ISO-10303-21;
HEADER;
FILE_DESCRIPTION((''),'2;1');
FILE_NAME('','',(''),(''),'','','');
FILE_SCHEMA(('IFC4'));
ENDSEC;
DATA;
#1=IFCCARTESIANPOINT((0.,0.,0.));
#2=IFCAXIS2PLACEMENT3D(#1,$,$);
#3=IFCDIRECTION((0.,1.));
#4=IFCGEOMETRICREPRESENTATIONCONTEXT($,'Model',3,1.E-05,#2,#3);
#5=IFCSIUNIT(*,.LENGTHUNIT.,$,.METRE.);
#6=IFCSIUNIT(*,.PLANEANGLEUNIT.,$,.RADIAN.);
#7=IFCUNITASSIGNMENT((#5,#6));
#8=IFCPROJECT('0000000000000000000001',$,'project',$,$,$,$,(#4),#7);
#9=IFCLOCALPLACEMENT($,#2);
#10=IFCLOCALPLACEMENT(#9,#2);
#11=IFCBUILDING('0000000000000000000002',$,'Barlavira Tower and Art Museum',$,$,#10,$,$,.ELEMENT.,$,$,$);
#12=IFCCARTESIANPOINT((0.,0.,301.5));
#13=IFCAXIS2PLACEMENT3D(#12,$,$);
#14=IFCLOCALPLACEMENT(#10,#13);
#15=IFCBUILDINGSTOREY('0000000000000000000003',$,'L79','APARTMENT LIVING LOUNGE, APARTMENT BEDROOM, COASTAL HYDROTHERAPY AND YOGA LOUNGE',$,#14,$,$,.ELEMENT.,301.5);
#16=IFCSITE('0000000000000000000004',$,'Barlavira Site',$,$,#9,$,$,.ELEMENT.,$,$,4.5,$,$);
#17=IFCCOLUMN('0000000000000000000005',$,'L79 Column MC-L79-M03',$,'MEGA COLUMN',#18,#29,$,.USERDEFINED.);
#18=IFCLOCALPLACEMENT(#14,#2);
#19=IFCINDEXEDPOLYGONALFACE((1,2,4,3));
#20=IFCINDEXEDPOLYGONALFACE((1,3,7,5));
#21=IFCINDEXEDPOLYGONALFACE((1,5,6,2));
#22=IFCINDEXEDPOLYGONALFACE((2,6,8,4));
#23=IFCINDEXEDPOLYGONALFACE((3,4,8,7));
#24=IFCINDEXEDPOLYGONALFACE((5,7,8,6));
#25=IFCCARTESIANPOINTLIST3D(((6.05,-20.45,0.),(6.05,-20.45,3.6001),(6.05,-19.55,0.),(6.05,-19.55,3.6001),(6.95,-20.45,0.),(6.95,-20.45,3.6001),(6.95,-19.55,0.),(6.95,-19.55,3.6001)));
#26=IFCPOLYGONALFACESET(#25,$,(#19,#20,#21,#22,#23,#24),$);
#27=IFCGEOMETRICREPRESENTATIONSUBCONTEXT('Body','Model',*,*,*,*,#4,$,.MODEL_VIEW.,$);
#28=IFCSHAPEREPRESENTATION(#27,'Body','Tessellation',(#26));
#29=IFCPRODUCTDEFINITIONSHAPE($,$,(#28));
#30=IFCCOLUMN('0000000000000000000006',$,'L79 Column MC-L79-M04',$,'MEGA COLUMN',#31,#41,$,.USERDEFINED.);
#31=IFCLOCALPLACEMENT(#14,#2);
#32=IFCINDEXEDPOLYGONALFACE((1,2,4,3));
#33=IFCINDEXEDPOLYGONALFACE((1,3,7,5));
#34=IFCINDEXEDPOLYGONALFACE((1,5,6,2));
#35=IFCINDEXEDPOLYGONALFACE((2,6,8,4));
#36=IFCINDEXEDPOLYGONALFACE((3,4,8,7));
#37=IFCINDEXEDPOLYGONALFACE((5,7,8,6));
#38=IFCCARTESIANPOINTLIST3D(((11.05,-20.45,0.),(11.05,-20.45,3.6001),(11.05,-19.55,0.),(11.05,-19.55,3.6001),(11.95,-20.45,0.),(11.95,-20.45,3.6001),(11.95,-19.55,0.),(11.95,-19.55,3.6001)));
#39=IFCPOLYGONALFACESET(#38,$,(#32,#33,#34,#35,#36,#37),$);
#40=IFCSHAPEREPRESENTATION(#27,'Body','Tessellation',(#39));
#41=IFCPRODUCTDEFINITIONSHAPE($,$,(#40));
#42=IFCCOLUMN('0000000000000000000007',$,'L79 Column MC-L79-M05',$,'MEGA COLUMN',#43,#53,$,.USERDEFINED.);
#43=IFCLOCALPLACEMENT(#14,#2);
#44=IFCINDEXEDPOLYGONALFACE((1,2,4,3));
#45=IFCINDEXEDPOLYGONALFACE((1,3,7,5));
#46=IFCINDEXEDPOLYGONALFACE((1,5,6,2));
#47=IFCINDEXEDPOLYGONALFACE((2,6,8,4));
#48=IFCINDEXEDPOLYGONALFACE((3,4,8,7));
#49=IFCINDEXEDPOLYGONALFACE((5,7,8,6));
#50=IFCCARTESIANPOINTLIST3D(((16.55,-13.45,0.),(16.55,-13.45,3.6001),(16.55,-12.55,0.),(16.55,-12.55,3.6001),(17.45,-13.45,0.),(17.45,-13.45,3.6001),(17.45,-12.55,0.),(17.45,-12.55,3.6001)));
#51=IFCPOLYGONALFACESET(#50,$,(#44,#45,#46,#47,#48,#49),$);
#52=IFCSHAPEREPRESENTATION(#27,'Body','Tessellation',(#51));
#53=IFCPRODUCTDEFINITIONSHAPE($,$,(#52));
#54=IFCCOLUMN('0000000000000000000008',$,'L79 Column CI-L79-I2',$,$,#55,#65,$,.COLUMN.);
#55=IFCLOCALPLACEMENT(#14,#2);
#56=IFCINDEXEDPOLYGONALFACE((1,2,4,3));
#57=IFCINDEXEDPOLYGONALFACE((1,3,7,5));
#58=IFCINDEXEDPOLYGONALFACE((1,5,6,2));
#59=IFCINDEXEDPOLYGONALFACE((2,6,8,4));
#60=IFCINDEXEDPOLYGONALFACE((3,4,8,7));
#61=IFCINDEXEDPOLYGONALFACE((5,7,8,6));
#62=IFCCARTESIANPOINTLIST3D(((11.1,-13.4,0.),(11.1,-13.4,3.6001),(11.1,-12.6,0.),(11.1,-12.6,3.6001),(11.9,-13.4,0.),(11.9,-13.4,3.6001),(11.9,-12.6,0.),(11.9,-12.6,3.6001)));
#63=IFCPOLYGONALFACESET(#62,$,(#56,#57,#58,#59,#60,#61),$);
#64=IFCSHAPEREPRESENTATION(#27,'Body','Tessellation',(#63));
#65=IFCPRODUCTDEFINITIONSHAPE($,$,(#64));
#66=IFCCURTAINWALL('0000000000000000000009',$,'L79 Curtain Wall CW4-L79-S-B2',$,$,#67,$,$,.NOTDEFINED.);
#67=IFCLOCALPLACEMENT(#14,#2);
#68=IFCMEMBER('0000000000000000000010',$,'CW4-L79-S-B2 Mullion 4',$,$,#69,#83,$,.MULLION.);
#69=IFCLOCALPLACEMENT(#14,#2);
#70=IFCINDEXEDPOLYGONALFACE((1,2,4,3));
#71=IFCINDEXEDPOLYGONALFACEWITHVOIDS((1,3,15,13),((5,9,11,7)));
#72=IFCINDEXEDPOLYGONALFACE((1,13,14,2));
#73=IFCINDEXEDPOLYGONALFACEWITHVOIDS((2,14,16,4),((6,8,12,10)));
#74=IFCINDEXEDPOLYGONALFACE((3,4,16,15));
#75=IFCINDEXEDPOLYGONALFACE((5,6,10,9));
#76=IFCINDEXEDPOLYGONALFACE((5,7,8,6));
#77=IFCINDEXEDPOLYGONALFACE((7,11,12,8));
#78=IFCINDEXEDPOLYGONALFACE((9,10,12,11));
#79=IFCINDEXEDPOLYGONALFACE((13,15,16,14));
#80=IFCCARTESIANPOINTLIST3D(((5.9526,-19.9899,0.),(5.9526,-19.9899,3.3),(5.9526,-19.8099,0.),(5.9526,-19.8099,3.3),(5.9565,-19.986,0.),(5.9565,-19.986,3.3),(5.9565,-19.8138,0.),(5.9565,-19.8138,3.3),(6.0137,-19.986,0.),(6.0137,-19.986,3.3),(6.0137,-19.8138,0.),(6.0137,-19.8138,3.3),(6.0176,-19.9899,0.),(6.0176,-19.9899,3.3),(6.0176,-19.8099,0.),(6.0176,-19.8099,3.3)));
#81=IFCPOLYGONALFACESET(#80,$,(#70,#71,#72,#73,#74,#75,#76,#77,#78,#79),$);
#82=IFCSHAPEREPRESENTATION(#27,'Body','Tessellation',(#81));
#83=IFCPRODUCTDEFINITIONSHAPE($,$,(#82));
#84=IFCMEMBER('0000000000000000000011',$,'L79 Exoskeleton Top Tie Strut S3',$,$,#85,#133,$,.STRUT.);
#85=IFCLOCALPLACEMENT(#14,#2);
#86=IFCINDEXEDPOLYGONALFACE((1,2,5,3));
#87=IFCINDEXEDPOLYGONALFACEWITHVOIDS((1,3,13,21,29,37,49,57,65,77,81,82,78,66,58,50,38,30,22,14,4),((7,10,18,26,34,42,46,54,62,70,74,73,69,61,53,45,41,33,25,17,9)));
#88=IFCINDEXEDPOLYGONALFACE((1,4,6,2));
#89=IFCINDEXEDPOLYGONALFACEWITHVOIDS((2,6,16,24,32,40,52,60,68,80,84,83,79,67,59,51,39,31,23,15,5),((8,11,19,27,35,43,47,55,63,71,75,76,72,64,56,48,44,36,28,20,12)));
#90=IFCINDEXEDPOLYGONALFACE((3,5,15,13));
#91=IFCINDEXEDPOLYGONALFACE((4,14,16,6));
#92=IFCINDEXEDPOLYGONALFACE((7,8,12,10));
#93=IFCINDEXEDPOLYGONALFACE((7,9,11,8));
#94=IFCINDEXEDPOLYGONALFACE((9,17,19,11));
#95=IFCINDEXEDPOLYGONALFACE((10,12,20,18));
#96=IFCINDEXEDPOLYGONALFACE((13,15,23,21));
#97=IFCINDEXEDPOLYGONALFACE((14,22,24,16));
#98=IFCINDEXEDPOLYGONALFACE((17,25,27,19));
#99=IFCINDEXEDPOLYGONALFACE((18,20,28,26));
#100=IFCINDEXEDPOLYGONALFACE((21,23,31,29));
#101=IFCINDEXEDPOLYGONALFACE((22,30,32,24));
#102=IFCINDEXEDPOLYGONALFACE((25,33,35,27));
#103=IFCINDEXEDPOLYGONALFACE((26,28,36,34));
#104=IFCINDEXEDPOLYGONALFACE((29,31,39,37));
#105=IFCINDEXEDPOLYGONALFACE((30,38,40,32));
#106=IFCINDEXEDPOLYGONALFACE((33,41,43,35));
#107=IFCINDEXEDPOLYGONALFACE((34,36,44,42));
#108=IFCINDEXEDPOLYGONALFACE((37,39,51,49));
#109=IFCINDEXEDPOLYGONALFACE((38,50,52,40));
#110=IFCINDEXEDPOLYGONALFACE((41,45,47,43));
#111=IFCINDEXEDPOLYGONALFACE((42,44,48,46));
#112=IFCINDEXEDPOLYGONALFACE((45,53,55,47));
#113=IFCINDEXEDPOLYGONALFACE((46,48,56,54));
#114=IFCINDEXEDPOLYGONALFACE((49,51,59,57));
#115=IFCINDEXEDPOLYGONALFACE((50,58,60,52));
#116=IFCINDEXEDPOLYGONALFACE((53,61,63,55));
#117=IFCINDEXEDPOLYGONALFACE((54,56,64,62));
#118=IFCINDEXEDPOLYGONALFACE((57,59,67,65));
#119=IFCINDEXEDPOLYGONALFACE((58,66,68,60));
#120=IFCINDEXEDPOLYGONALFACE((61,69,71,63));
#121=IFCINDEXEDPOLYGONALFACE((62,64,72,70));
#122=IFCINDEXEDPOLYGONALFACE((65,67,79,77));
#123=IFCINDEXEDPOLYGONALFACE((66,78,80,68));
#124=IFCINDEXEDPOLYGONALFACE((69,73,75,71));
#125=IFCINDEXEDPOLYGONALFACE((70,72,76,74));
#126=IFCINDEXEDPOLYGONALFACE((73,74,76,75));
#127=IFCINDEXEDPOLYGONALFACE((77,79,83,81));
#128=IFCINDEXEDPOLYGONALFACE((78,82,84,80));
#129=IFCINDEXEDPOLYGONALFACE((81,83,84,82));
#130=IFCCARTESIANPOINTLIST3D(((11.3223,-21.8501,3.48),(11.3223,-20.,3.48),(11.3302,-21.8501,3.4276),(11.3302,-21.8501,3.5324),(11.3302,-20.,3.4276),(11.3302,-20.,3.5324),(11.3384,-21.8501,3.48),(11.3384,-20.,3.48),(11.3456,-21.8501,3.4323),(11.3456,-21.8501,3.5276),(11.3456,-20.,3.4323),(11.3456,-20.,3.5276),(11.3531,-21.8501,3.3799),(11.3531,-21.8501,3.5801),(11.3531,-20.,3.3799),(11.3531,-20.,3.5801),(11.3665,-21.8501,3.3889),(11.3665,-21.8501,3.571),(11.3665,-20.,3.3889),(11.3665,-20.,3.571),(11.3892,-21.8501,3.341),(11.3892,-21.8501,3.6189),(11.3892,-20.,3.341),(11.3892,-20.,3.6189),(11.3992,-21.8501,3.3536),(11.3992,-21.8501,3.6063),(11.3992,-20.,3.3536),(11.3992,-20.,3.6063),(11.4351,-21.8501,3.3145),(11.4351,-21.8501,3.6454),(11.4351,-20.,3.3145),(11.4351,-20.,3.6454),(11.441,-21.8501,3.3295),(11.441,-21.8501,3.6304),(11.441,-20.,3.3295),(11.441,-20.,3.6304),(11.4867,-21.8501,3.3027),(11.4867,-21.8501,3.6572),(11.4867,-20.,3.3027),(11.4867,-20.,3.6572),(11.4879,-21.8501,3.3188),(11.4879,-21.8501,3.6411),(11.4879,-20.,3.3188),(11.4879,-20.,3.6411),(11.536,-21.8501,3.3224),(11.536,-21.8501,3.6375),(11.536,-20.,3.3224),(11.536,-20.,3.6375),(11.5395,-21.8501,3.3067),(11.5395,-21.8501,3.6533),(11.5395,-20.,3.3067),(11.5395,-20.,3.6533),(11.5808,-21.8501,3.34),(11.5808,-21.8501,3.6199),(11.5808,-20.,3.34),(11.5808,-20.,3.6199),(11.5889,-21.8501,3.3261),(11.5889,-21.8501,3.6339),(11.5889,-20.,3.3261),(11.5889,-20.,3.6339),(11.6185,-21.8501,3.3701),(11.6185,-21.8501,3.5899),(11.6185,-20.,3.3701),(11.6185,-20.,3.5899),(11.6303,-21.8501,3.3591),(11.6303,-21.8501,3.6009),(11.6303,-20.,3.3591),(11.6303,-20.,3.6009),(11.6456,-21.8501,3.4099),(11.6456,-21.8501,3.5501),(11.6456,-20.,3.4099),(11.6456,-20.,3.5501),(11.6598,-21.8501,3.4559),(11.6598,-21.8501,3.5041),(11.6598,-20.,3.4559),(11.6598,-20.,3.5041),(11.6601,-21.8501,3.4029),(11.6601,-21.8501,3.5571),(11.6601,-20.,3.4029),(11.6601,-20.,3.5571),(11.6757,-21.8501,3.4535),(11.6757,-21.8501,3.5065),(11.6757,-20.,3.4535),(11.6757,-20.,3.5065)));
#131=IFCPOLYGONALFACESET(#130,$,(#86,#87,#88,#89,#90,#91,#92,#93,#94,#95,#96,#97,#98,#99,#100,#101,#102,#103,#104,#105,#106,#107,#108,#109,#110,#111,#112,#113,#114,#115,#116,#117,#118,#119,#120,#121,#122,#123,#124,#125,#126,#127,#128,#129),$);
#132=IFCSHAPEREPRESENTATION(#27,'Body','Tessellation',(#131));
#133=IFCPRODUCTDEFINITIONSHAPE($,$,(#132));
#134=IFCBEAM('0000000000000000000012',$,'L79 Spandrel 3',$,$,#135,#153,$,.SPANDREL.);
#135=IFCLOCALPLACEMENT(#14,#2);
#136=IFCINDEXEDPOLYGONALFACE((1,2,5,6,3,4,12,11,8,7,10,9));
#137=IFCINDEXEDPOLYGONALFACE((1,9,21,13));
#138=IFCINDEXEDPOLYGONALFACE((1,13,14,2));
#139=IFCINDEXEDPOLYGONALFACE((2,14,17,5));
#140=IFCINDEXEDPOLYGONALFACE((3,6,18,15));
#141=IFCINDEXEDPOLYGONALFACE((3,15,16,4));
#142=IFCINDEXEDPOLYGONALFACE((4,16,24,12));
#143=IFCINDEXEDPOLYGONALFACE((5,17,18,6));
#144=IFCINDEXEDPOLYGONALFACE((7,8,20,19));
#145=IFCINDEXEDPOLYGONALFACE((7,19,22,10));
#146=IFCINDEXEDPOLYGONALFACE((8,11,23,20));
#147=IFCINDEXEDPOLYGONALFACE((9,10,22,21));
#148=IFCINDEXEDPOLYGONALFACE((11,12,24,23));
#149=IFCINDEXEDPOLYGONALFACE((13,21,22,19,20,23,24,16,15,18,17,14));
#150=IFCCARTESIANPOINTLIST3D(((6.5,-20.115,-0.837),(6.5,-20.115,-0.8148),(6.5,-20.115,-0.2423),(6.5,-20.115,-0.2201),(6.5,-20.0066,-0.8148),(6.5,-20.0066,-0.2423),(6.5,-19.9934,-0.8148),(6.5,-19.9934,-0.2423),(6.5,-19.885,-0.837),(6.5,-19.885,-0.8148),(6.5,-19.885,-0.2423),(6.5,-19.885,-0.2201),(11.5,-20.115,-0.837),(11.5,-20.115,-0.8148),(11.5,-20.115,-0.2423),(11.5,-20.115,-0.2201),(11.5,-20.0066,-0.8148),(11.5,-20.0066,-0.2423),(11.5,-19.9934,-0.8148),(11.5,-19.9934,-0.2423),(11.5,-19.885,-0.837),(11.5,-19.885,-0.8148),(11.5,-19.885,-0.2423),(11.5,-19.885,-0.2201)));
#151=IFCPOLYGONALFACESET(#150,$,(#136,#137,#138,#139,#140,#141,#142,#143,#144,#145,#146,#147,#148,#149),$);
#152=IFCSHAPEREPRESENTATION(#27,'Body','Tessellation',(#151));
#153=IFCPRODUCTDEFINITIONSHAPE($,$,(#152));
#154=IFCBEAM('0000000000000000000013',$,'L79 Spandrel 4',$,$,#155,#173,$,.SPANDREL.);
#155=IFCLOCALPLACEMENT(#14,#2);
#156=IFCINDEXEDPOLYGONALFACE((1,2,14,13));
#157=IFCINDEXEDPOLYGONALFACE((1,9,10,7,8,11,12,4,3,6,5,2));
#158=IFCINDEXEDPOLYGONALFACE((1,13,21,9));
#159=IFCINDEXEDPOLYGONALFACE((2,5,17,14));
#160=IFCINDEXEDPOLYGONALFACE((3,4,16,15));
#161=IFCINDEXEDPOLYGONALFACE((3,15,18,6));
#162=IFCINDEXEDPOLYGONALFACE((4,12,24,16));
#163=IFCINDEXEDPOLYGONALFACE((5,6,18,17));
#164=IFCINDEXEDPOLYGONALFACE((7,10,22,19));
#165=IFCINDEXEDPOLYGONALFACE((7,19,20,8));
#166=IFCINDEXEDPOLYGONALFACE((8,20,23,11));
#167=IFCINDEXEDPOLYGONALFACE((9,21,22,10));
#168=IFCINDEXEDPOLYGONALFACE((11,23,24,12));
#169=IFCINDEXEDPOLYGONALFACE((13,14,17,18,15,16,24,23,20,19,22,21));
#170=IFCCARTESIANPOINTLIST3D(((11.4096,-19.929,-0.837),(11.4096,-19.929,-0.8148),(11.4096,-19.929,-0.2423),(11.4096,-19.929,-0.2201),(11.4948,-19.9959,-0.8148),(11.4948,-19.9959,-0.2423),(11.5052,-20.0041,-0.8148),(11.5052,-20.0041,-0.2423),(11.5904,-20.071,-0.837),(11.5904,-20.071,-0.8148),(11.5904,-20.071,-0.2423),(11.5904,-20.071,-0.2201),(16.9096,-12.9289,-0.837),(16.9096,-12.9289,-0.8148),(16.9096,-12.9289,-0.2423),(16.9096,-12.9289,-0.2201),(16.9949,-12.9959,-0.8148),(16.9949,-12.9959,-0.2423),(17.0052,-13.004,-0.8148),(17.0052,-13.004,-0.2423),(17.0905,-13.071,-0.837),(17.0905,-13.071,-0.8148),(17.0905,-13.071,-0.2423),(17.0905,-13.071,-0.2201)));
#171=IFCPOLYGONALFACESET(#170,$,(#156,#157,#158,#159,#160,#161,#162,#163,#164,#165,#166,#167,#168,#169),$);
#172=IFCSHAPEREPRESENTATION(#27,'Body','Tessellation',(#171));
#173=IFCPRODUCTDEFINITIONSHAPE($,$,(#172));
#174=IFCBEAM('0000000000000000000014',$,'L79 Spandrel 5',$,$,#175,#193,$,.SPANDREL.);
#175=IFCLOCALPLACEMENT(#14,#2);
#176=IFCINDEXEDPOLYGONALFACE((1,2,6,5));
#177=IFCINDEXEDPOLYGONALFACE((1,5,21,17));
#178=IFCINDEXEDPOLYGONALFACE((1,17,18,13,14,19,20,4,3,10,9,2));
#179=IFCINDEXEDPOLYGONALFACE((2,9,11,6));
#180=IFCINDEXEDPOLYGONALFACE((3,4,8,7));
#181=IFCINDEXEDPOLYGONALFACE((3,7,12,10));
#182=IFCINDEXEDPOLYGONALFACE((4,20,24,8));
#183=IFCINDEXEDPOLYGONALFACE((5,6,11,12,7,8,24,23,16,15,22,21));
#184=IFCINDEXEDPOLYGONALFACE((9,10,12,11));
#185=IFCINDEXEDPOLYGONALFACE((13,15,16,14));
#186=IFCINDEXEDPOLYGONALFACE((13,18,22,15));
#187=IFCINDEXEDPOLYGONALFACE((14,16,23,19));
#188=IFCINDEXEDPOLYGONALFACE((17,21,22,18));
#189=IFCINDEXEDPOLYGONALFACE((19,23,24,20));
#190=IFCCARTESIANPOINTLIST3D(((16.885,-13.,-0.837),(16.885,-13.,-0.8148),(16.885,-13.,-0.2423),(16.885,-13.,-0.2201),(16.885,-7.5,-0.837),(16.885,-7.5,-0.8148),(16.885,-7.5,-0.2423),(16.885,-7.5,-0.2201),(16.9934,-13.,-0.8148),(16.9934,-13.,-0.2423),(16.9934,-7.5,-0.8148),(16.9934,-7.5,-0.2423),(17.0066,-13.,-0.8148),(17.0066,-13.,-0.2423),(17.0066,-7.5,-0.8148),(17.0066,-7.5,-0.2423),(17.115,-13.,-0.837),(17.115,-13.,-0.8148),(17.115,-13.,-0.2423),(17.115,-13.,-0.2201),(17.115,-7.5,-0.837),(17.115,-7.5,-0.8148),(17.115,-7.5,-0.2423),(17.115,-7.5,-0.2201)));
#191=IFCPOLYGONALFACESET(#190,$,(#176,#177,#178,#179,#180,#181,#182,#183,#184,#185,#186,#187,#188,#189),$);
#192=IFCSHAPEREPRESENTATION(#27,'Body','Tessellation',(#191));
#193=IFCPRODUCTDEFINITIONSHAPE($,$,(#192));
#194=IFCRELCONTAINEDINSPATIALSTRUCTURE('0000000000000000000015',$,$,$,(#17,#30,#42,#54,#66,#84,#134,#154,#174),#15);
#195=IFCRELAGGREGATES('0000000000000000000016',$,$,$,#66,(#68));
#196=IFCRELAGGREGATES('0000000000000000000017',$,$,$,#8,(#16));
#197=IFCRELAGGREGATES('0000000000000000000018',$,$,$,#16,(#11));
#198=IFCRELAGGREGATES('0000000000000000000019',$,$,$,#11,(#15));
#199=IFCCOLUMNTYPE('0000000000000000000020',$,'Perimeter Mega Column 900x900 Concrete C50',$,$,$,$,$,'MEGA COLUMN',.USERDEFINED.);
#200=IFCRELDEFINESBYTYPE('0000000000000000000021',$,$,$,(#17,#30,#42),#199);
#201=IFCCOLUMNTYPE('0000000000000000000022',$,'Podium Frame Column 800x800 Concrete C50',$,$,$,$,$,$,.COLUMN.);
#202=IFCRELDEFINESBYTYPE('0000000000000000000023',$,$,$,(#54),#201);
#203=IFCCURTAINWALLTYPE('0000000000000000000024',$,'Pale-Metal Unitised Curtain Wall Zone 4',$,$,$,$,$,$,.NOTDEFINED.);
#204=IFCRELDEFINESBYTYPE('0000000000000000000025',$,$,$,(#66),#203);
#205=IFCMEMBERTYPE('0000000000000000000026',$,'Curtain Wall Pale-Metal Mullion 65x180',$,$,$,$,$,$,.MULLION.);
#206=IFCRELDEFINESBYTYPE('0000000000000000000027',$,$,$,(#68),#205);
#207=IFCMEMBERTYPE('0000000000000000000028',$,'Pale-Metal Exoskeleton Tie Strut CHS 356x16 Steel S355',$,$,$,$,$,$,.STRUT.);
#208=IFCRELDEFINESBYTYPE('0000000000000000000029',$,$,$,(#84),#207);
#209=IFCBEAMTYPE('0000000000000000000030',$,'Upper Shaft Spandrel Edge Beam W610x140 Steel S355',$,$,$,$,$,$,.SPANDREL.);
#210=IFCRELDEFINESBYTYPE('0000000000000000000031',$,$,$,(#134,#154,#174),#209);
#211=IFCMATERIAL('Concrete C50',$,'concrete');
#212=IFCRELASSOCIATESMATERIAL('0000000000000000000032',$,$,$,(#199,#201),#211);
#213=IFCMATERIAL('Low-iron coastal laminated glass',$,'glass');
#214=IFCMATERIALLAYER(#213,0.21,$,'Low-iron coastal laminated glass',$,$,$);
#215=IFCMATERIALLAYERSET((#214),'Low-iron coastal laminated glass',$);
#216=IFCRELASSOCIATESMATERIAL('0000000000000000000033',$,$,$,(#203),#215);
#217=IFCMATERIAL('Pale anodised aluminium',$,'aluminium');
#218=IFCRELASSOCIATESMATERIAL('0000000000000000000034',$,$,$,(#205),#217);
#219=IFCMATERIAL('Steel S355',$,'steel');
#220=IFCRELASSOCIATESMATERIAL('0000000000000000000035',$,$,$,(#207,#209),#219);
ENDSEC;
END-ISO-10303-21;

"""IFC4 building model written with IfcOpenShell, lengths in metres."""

from ifc_helpers import new_model, si_unit, direction, frame, origin, origin_2d, place, context, subcontext, project, spatial, rectangle, hollow_rectangle, hollow_circle, i_section, extrude, material, layer, layer_set, material_profile, profile_set, type_object, element, aggregate, save


model = new_model("IFC4")

# Units and contexts
model_context = context("Model", 3, precision=1e-05, world=origin(), true_north=direction((0.0, 1.0)))
body_context = subcontext(model_context, "Body", "Model", "MODEL_VIEW")
ifc_project = project(units=[si_unit("LENGTHUNIT", "METRE"), si_unit("PLANEANGLEUNIT", "RADIAN")], contexts=[model_context])

# Site, building, storey
site_placement = place(None, origin())
site = spatial("IfcSite", under=ifc_project, at=site_placement, Name="Barlavira Site", CompositionType="ELEMENT", RefElevation=4.5)
building_placement = place(site_placement, origin())
building = spatial("IfcBuilding", under=site, at=building_placement, Name="Barlavira Tower and Art Museum", CompositionType="ELEMENT")
storey_placement = place(building_placement, frame((0.0, 0.0, 301.5)))
storey = spatial("IfcBuildingStorey", under=building, at=storey_placement, Name="L79", Description="APARTMENT LIVING LOUNGE, APARTMENT BEDROOM, COASTAL HYDROTHERAPY AND YOGA LOUNGE", CompositionType="ELEMENT", Elevation=301.5)

# Columns
ifc_material_1 = material(Name="Concrete C50", Category="concrete")
ifc_material_profile_1 = material_profile(ifc_material_1, rectangle(XDim=0.8999, YDim=0.8999, at=origin_2d()), Name="RC-COL 900x900")
ifc_profile_set_1 = profile_set([ifc_material_profile_1], Name="Concrete C50")
column_type_1 = type_object("IfcColumnType", Name="Perimeter Mega Column 900x900 Concrete C50", ElementType="MEGA COLUMN", PredefinedType="USERDEFINED", material=ifc_profile_set_1)
for number, where, z_axis, x_axis, name in (
    (1, (6.5, -20.0, 0.0), (0.0, 0.0, 1.0), (1.0, 0.0, 0.0), "L79 Column MC-L79-M03"),
    (2, (11.5, -20.0, 0.0), (0.0, 0.0, 1.0), (1.0, 0.0, 0.0), "L79 Column MC-L79-M04"),
    (3, (17.0, -13.0, 0.0), (0.0, 0.0, 1.0), (1.0, 0.0, 0.0), "L79 Column MC-L79-M05"),
):
    element("IfcColumn", number, at=place(storey_placement, frame(where, z_axis=z_axis, x_axis=x_axis)), inside=storey, type_object=column_type_1, Name=name, ObjectType="MEGA COLUMN", PredefinedType="USERDEFINED", context=body_context, shape_type="SweptSolid", body=[
        extrude(rectangle(XDim=0.8999, YDim=0.8999, at=origin_2d()), origin(), (0.0, 0.0, 1.0), 3.6001),
    ])
ifc_material_profile_2 = material_profile(ifc_material_1, rectangle(XDim=0.8, YDim=0.8, at=origin_2d()), Name="RC-COL 800x800")
ifc_profile_set_2 = profile_set([ifc_material_profile_2], Name="Concrete C50")
column_type_2 = type_object("IfcColumnType", Name="Podium Frame Column 800x800 Concrete C50", PredefinedType="COLUMN", material=ifc_profile_set_2)
column_placement = place(storey_placement, frame((11.5, -13.0, 0.0), z_axis=(0.0, 0.0, 1.0), x_axis=(1.0, 0.0, 0.0)))
element("IfcColumn", 4, at=column_placement, inside=storey, type_object=column_type_2, Name="L79 Column CI-L79-I2", PredefinedType="COLUMN", context=body_context, shape_type="SweptSolid", body=[
    extrude(rectangle(XDim=0.8, YDim=0.8, at=origin_2d()), origin(), (0.0, 0.0, 1.0), 3.6001),
])

# Curtain wall, member
ifc_material_2 = material(Name="Low-iron coastal laminated glass", Category="glass")
ifc_layer_1 = layer(ifc_material_2, 0.21, Name="Low-iron coastal laminated glass")
ifc_layer_set_1 = layer_set([ifc_layer_1], Name="Low-iron coastal laminated glass")
curtain_wall_type = type_object("IfcCurtainWallType", Name="Pale-Metal Unitised Curtain Wall Zone 4", PredefinedType="NOTDEFINED", material=ifc_layer_set_1)
curtain_wall_placement = place(storey_placement, origin())
curtain_wall = element("IfcCurtainWall", 5, at=curtain_wall_placement, inside=storey, type_object=curtain_wall_type, Name="L79 Curtain Wall CW4-L79-S-B2", PredefinedType="NOTDEFINED")
ifc_material_3 = material(Name="Pale anodised aluminium", Category="aluminium")
ifc_material_profile_3 = material_profile(ifc_material_3, hollow_rectangle(XDim=0.0649, YDim=0.1799, WallThickness=0.0039, at=origin_2d()), Name="ALU-MULL 65x180x4")
ifc_profile_set_3 = profile_set([ifc_material_profile_3], Name="Pale anodised aluminium")
member_type_1 = type_object("IfcMemberType", Name="Curtain Wall Pale-Metal Mullion 65x180", PredefinedType="MULLION", material=ifc_profile_set_3)
member_1_placement = place(storey_placement, frame((5.9851, -19.8999, 0.0), z_axis=(0.0, 0.0, 1.0), x_axis=(1.0, 0.0, 0.0)))
member_1 = element("IfcMember", 6, at=member_1_placement, type_object=member_type_1, Name="CW4-L79-S-B2 Mullion 4", PredefinedType="MULLION", context=body_context, shape_type="SweptSolid", body=[
    extrude(hollow_rectangle(XDim=0.0649, YDim=0.1799, WallThickness=0.0039, at=origin_2d()), origin(), (0.0, 0.0, 1.0), 3.3),
])
aggregate(curtain_wall, [member_1])

# Member
ifc_material_4 = material(Name="Steel S355", Category="steel")
ifc_material_profile_4 = material_profile(ifc_material_4, hollow_circle(Radius=0.1777, WallThickness=0.0161, at=origin_2d()), Name="CHS 355.6x16.0")
ifc_profile_set_4 = profile_set([ifc_material_profile_4], Name="Steel S355")
member_type_2 = type_object("IfcMemberType", Name="Pale-Metal Exoskeleton Tie Strut CHS 356x16 Steel S355", PredefinedType="STRUT", material=ifc_profile_set_4)
member_2_placement = place(storey_placement, frame((11.5, -21.8501, 3.48), z_axis=(0.0, 1.0, 0.0), x_axis=(-1.0, 0.0, 0.0)))
element("IfcMember", 7, at=member_2_placement, inside=storey, type_object=member_type_2, Name="L79 Exoskeleton Top Tie Strut S3", PredefinedType="STRUT", context=body_context, shape_type="SweptSolid", body=[
    extrude(hollow_circle(Radius=0.1777, WallThickness=0.0161, at=origin_2d()), origin(), (0.0, 0.0, 1.0), 1.8501),
])

# Beams
ifc_material_profile_5 = material_profile(ifc_material_4, i_section(OverallWidth=0.23, OverallDepth=0.6169, WebThickness=0.0132, FlangeThickness=0.0222, at=origin_2d()), Name="W610x140.0")
ifc_profile_set_5 = profile_set([ifc_material_profile_5], Name="Steel S355")
beam_type_1 = type_object("IfcBeamType", Name="Upper Shaft Spandrel Edge Beam W610x140 Steel S355", PredefinedType="SPANDREL", material=ifc_profile_set_5)
beam_1_placement = place(storey_placement, frame((6.5, -20.0, -0.5286), z_axis=(1.0, 0.0, 0.0), x_axis=(0.0, 1.0, 0.0)))
element("IfcBeam", 8, at=beam_1_placement, inside=storey, type_object=beam_type_1, Name="L79 Spandrel 3", PredefinedType="SPANDREL", context=body_context, shape_type="SweptSolid", body=[
    extrude(i_section(OverallWidth=0.23, OverallDepth=0.6169, WebThickness=0.0132, FlangeThickness=0.0222, at=origin_2d()), origin(), (0.0, 0.0, 1.0), 5.0),
])
beam_2_placement = place(storey_placement, frame((11.5, -20.0, -0.5286), z_axis=(0.617822, 0.786318, 0.0), x_axis=(-0.786318, 0.617822, 0.0)))
element("IfcBeam", 9, at=beam_2_placement, inside=storey, type_object=beam_type_1, Name="L79 Spandrel 4", PredefinedType="SPANDREL", context=body_context, shape_type="SweptSolid", body=[
    extrude(i_section(OverallWidth=0.23, OverallDepth=0.6169, WebThickness=0.0132, FlangeThickness=0.0222, at=origin_2d()), origin(), (0.0, 0.0, 1.0), 8.9023),
])
beam_3_placement = place(storey_placement, frame((17.0, -13.0, -0.5286), z_axis=(0.0, 1.0, 0.0), x_axis=(-1.0, 0.0, 0.0)))
element("IfcBeam", 10, at=beam_3_placement, inside=storey, type_object=beam_type_1, Name="L79 Spandrel 5", PredefinedType="SPANDREL", context=body_context, shape_type="SweptSolid", body=[
    extrude(i_section(OverallWidth=0.23, OverallDepth=0.6169, WebThickness=0.0132, FlangeThickness=0.0222, at=origin_2d()), origin(), (0.0, 0.0, 1.0), 5.5),
])

save(model, "model.ifc")
